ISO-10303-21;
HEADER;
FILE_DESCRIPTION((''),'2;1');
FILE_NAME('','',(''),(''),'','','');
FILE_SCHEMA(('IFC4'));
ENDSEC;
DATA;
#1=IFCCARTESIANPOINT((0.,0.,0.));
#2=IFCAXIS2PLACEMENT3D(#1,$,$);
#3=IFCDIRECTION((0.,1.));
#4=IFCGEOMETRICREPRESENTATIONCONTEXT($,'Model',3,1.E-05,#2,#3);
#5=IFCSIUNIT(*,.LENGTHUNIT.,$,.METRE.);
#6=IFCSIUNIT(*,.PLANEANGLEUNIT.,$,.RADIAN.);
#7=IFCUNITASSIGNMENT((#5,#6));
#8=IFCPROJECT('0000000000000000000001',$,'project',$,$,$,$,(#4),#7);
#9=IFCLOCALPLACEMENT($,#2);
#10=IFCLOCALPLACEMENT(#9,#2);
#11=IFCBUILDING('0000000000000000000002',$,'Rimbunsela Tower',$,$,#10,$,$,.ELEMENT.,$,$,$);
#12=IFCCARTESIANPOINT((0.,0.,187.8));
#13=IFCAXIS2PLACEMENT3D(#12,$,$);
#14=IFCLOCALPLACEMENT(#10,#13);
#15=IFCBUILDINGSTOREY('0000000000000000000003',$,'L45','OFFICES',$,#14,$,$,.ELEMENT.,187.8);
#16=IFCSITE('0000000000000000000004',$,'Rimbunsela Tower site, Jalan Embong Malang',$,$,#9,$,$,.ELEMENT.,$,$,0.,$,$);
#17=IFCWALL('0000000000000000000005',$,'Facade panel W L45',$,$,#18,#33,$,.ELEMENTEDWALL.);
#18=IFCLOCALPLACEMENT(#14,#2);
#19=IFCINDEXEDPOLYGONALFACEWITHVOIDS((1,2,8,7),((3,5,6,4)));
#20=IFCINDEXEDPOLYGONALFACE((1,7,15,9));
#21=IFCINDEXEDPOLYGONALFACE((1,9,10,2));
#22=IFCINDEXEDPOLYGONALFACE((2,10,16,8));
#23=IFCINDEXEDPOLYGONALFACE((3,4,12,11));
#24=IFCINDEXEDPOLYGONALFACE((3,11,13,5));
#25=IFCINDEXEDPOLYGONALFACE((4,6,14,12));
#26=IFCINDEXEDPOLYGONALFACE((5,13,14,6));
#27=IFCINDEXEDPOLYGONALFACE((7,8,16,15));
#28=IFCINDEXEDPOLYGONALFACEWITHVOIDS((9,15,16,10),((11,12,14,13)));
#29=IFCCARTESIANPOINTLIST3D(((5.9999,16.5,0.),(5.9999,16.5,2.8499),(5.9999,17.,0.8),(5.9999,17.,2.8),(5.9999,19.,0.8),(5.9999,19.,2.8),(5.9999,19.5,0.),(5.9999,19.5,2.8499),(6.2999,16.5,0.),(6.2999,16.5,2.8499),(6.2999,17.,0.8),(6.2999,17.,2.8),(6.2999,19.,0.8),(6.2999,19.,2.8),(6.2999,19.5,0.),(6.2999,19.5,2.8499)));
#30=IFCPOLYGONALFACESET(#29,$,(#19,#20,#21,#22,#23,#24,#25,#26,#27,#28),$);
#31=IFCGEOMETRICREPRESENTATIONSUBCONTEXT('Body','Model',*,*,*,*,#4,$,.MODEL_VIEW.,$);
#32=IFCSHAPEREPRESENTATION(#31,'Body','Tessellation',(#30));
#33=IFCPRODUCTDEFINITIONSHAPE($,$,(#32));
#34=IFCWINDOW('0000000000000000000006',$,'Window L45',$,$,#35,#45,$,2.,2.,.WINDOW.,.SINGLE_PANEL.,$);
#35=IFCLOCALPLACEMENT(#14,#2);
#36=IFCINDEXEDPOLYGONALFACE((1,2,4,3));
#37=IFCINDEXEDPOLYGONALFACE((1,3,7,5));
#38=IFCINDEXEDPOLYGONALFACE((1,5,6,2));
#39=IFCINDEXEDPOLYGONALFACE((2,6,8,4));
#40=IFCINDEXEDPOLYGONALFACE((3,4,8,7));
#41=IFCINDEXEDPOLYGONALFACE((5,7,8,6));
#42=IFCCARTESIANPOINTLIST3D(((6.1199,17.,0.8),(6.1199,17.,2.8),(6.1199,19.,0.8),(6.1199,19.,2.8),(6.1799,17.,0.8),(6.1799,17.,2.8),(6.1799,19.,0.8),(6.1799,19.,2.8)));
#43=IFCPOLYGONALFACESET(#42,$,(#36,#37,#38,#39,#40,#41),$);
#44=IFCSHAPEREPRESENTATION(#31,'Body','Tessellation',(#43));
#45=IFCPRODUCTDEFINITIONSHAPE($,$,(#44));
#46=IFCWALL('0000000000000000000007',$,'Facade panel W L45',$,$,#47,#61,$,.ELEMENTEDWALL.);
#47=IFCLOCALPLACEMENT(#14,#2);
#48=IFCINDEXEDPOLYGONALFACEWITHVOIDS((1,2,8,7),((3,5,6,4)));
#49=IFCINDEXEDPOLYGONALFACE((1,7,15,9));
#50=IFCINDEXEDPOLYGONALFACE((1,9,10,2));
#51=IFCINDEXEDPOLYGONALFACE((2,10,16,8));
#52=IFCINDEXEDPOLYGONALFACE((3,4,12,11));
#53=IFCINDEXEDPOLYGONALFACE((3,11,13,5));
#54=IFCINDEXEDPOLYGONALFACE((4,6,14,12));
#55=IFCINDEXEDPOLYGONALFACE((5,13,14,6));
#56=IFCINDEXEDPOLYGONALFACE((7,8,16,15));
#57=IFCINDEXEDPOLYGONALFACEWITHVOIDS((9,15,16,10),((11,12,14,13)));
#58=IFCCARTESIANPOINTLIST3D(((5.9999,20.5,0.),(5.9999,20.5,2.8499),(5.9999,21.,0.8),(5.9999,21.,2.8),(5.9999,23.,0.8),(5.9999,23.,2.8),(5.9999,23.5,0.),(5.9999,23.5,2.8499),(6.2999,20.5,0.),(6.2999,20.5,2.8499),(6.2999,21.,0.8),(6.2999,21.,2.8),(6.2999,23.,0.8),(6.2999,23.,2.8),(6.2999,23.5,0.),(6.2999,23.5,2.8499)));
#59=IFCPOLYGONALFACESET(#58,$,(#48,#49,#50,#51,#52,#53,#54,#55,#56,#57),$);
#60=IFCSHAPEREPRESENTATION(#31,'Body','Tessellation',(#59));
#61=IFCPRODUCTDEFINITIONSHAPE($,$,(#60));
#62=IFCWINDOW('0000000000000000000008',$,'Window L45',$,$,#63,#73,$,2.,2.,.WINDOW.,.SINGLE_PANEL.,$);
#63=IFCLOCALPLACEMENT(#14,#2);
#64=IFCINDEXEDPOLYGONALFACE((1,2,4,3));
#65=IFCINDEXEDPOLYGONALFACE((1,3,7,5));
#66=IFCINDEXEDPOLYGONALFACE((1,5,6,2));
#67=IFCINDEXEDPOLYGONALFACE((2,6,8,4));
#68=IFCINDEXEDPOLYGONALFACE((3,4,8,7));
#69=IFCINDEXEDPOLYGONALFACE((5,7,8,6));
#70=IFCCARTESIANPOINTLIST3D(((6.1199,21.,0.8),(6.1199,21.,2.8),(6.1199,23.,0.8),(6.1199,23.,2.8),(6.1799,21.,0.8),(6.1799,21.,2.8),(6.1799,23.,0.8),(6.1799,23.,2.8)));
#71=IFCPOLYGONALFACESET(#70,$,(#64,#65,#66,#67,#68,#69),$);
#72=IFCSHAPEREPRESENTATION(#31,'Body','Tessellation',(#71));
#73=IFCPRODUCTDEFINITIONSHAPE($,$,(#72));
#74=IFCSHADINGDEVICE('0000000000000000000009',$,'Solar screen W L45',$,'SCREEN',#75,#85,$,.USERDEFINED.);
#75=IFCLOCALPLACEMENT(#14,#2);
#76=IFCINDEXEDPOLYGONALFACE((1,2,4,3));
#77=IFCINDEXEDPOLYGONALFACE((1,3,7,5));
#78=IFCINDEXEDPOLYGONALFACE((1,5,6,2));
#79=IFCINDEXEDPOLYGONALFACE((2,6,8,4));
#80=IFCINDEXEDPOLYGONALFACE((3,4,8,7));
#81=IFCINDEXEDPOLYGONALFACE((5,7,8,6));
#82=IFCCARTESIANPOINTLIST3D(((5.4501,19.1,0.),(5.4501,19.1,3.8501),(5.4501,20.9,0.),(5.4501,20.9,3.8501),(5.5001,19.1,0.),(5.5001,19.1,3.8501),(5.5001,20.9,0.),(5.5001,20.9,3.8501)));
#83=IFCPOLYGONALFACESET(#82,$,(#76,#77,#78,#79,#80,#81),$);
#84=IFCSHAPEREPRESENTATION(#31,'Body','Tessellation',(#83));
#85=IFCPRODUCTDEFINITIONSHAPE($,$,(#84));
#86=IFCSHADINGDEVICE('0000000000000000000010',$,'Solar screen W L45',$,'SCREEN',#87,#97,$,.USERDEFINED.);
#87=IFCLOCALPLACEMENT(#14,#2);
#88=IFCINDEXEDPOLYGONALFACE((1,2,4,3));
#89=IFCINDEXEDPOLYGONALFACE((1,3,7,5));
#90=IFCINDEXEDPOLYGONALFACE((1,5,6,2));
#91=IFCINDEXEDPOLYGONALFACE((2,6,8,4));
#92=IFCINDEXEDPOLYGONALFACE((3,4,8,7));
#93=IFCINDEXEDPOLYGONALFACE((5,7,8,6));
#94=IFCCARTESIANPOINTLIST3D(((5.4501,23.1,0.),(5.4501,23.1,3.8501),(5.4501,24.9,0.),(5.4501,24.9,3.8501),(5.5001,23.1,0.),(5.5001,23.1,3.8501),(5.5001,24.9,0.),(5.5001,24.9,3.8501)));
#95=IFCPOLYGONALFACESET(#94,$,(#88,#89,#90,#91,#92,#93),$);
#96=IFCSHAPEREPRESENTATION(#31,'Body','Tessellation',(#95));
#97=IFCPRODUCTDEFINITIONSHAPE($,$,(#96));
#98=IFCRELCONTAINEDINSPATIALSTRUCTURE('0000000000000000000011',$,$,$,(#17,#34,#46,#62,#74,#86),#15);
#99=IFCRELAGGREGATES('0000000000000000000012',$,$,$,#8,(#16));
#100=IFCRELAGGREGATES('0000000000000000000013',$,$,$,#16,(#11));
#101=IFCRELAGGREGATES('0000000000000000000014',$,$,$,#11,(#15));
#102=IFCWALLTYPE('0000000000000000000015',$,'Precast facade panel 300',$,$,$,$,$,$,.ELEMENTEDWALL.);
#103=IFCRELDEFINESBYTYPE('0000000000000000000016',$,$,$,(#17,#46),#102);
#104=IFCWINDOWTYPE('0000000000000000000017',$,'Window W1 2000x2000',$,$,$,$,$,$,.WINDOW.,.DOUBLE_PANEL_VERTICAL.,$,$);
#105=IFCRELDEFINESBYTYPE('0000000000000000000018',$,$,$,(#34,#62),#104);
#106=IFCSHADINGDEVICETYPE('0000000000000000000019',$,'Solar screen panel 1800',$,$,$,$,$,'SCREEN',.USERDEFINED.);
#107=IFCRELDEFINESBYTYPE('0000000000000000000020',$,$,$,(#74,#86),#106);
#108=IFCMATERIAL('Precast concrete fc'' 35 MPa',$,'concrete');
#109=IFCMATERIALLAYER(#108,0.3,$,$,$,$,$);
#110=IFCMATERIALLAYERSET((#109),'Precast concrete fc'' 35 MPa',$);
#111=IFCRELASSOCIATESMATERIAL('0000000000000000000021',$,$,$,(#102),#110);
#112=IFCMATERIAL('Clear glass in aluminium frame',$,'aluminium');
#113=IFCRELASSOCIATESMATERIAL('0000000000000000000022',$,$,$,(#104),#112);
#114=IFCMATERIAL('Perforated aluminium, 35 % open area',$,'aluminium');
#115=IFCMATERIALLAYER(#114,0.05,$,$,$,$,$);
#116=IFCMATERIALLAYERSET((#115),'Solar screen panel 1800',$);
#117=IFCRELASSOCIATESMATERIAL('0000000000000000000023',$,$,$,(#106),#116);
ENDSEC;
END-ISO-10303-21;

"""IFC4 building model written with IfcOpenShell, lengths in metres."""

from ifc_helpers import new_model, si_unit, direction, frame, frame_2d, origin, origin_2d, place, context, subcontext, project, spatial, rectangle, extrude, material, layer, layer_set, type_object, element, fill, save


model = new_model("IFC4")

# Units and contexts
model_context = context("Model", 3, precision=1e-05, world=origin(), true_north=direction((0.0, 1.0)))
body_context = subcontext(model_context, "Body", "Model", "MODEL_VIEW")
ifc_project = project(units=[si_unit("LENGTHUNIT", "METRE"), si_unit("PLANEANGLEUNIT", "RADIAN")], contexts=[model_context])

# Site, building, storey
site_placement = place(None, origin())
site = spatial("IfcSite", under=ifc_project, at=site_placement, Name="Rimbunsela Tower site, Jalan Embong Malang", CompositionType="ELEMENT", RefElevation=0.0)
building_placement = place(site_placement, origin())
building = spatial("IfcBuilding", under=site, at=building_placement, Name="Rimbunsela Tower", CompositionType="ELEMENT")
storey_placement = place(building_placement, frame((0.0, 0.0, 187.8)))
storey = spatial("IfcBuildingStorey", under=building, at=storey_placement, Name="L45", Description="OFFICES", CompositionType="ELEMENT", Elevation=187.8)

# Walls, openings, windows
ifc_material_1 = material(Name="Precast concrete fc' 35 MPa", Category="concrete")
ifc_layer_1 = layer(ifc_material_1, 0.3)
ifc_layer_set_1 = layer_set([ifc_layer_1], Name="Precast concrete fc' 35 MPa")
wall_type_1 = type_object("IfcWallType", Name="Precast facade panel 300", PredefinedType="ELEMENTEDWALL", material=ifc_layer_set_1)
wall_1_placement = place(storey_placement, frame((6.1499, 19.5, 0.0), z_axis=(0.0, 0.0, 1.0), x_axis=(0.0, -1.0, 0.0)))
wall_1 = element("IfcWall", 1, at=wall_1_placement, inside=storey, type_object=wall_type_1, Name="Facade panel W L45", PredefinedType="ELEMENTEDWALL", context=body_context, shape_type="SweptSolid", body=[
    extrude(rectangle(XDim=3.0, YDim=0.3, at=frame_2d((1.5, 0.0))), origin(), (0.0, 0.0, 1.0), 2.8499),
])
opening_1_placement = place(wall_1_placement, frame((0.5, 0.0, 0.8)))
opening_1 = element("IfcOpeningElement", 2, at=opening_1_placement, cuts=wall_1, PredefinedType="OPENING", context=body_context, shape_type="SweptSolid", body=[
    extrude(rectangle(XDim=2.0, YDim=2.0, at=frame_2d((1.0, 1.0))), frame((0.0, 0.1599, 0.0), z_axis=(0.0, -1.0, 0.0), x_axis=(1.0, 0.0, 0.0)), (0.0, 0.0, 1.0), 0.3201),
])
ifc_material_2 = material(Name="Clear glass in aluminium frame", Category="aluminium")
window_type = type_object("IfcWindowType", Name="Window W1 2000x2000", PartitioningType="DOUBLE_PANEL_VERTICAL", PredefinedType="WINDOW", material=ifc_material_2)
window_1_placement = place(opening_1_placement, origin())
window_1 = element("IfcWindow", 3, at=window_1_placement, inside=storey, type_object=window_type, Name="Window L45", OverallHeight=2.0, OverallWidth=2.0, PartitioningType="SINGLE_PANEL", PredefinedType="WINDOW", context=body_context, shape_type="SweptSolid", body=[
    extrude(rectangle(XDim=2.0, YDim=2.0, at=frame_2d((1.0, 1.0))), frame((0.0, 0.03, 0.0), z_axis=(0.0, -1.0, 0.0), x_axis=(1.0, 0.0, 0.0)), (0.0, 0.0, 1.0), 0.0601),
])
fill(opening_1, window_1)
wall_2_placement = place(storey_placement, frame((6.1499, 23.5, 0.0), z_axis=(0.0, 0.0, 1.0), x_axis=(0.0, -1.0, 0.0)))
wall_2 = element("IfcWall", 4, at=wall_2_placement, inside=storey, type_object=wall_type_1, Name="Facade panel W L45", PredefinedType="ELEMENTEDWALL", context=body_context, shape_type="SweptSolid", body=[
    extrude(rectangle(XDim=3.0, YDim=0.3, at=frame_2d((1.5, 0.0))), origin(), (0.0, 0.0, 1.0), 2.8499),
])
opening_2_placement = place(wall_2_placement, frame((0.5, 0.0, 0.8)))
opening_2 = element("IfcOpeningElement", 5, at=opening_2_placement, cuts=wall_2, PredefinedType="OPENING", context=body_context, shape_type="SweptSolid", body=[
    extrude(rectangle(XDim=2.0, YDim=2.0, at=frame_2d((1.0, 1.0))), frame((0.0, 0.1599, 0.0), z_axis=(0.0, -1.0, 0.0), x_axis=(1.0, 0.0, 0.0)), (0.0, 0.0, 1.0), 0.3201),
])
window_2_placement = place(opening_2_placement, origin())
window_2 = element("IfcWindow", 6, at=window_2_placement, inside=storey, type_object=window_type, Name="Window L45", OverallHeight=2.0, OverallWidth=2.0, PartitioningType="SINGLE_PANEL", PredefinedType="WINDOW", context=body_context, shape_type="SweptSolid", body=[
    extrude(rectangle(XDim=2.0, YDim=2.0, at=frame_2d((1.0, 1.0))), frame((0.0, 0.03, 0.0), z_axis=(0.0, -1.0, 0.0), x_axis=(1.0, 0.0, 0.0)), (0.0, 0.0, 1.0), 0.0601),
])
fill(opening_2, window_2)

# Shading devices
ifc_material_3 = material(Name="Perforated aluminium, 35 % open area", Category="aluminium")
ifc_layer_2 = layer(ifc_material_3, 0.05)
ifc_layer_set_2 = layer_set([ifc_layer_2], Name="Solar screen panel 1800")
shading_device_type = type_object("IfcShadingDeviceType", Name="Solar screen panel 1800", ElementType="SCREEN", PredefinedType="USERDEFINED", material=ifc_layer_set_2)
for number, where, z_axis, x_axis, name in (
    (7, (5.4751, 20.0, 0.0), (0.0, 0.0, 1.0), (0.0, 1.0, 0.0), "Solar screen W L45"),
    (8, (5.4751, 24.0, 0.0), (0.0, 0.0, 1.0), (0.0, 1.0, 0.0), "Solar screen W L45"),
):
    element("IfcShadingDevice", number, at=place(storey_placement, frame(where, z_axis=z_axis, x_axis=x_axis)), inside=storey, type_object=shading_device_type, Name=name, ObjectType="SCREEN", PredefinedType="USERDEFINED", context=body_context, shape_type="SweptSolid", body=[
        extrude(rectangle(XDim=1.8, YDim=0.05, at=origin_2d()), origin(), (0.0, 0.0, 1.0), 3.8501),
    ])

save(model, "model.ifc")
